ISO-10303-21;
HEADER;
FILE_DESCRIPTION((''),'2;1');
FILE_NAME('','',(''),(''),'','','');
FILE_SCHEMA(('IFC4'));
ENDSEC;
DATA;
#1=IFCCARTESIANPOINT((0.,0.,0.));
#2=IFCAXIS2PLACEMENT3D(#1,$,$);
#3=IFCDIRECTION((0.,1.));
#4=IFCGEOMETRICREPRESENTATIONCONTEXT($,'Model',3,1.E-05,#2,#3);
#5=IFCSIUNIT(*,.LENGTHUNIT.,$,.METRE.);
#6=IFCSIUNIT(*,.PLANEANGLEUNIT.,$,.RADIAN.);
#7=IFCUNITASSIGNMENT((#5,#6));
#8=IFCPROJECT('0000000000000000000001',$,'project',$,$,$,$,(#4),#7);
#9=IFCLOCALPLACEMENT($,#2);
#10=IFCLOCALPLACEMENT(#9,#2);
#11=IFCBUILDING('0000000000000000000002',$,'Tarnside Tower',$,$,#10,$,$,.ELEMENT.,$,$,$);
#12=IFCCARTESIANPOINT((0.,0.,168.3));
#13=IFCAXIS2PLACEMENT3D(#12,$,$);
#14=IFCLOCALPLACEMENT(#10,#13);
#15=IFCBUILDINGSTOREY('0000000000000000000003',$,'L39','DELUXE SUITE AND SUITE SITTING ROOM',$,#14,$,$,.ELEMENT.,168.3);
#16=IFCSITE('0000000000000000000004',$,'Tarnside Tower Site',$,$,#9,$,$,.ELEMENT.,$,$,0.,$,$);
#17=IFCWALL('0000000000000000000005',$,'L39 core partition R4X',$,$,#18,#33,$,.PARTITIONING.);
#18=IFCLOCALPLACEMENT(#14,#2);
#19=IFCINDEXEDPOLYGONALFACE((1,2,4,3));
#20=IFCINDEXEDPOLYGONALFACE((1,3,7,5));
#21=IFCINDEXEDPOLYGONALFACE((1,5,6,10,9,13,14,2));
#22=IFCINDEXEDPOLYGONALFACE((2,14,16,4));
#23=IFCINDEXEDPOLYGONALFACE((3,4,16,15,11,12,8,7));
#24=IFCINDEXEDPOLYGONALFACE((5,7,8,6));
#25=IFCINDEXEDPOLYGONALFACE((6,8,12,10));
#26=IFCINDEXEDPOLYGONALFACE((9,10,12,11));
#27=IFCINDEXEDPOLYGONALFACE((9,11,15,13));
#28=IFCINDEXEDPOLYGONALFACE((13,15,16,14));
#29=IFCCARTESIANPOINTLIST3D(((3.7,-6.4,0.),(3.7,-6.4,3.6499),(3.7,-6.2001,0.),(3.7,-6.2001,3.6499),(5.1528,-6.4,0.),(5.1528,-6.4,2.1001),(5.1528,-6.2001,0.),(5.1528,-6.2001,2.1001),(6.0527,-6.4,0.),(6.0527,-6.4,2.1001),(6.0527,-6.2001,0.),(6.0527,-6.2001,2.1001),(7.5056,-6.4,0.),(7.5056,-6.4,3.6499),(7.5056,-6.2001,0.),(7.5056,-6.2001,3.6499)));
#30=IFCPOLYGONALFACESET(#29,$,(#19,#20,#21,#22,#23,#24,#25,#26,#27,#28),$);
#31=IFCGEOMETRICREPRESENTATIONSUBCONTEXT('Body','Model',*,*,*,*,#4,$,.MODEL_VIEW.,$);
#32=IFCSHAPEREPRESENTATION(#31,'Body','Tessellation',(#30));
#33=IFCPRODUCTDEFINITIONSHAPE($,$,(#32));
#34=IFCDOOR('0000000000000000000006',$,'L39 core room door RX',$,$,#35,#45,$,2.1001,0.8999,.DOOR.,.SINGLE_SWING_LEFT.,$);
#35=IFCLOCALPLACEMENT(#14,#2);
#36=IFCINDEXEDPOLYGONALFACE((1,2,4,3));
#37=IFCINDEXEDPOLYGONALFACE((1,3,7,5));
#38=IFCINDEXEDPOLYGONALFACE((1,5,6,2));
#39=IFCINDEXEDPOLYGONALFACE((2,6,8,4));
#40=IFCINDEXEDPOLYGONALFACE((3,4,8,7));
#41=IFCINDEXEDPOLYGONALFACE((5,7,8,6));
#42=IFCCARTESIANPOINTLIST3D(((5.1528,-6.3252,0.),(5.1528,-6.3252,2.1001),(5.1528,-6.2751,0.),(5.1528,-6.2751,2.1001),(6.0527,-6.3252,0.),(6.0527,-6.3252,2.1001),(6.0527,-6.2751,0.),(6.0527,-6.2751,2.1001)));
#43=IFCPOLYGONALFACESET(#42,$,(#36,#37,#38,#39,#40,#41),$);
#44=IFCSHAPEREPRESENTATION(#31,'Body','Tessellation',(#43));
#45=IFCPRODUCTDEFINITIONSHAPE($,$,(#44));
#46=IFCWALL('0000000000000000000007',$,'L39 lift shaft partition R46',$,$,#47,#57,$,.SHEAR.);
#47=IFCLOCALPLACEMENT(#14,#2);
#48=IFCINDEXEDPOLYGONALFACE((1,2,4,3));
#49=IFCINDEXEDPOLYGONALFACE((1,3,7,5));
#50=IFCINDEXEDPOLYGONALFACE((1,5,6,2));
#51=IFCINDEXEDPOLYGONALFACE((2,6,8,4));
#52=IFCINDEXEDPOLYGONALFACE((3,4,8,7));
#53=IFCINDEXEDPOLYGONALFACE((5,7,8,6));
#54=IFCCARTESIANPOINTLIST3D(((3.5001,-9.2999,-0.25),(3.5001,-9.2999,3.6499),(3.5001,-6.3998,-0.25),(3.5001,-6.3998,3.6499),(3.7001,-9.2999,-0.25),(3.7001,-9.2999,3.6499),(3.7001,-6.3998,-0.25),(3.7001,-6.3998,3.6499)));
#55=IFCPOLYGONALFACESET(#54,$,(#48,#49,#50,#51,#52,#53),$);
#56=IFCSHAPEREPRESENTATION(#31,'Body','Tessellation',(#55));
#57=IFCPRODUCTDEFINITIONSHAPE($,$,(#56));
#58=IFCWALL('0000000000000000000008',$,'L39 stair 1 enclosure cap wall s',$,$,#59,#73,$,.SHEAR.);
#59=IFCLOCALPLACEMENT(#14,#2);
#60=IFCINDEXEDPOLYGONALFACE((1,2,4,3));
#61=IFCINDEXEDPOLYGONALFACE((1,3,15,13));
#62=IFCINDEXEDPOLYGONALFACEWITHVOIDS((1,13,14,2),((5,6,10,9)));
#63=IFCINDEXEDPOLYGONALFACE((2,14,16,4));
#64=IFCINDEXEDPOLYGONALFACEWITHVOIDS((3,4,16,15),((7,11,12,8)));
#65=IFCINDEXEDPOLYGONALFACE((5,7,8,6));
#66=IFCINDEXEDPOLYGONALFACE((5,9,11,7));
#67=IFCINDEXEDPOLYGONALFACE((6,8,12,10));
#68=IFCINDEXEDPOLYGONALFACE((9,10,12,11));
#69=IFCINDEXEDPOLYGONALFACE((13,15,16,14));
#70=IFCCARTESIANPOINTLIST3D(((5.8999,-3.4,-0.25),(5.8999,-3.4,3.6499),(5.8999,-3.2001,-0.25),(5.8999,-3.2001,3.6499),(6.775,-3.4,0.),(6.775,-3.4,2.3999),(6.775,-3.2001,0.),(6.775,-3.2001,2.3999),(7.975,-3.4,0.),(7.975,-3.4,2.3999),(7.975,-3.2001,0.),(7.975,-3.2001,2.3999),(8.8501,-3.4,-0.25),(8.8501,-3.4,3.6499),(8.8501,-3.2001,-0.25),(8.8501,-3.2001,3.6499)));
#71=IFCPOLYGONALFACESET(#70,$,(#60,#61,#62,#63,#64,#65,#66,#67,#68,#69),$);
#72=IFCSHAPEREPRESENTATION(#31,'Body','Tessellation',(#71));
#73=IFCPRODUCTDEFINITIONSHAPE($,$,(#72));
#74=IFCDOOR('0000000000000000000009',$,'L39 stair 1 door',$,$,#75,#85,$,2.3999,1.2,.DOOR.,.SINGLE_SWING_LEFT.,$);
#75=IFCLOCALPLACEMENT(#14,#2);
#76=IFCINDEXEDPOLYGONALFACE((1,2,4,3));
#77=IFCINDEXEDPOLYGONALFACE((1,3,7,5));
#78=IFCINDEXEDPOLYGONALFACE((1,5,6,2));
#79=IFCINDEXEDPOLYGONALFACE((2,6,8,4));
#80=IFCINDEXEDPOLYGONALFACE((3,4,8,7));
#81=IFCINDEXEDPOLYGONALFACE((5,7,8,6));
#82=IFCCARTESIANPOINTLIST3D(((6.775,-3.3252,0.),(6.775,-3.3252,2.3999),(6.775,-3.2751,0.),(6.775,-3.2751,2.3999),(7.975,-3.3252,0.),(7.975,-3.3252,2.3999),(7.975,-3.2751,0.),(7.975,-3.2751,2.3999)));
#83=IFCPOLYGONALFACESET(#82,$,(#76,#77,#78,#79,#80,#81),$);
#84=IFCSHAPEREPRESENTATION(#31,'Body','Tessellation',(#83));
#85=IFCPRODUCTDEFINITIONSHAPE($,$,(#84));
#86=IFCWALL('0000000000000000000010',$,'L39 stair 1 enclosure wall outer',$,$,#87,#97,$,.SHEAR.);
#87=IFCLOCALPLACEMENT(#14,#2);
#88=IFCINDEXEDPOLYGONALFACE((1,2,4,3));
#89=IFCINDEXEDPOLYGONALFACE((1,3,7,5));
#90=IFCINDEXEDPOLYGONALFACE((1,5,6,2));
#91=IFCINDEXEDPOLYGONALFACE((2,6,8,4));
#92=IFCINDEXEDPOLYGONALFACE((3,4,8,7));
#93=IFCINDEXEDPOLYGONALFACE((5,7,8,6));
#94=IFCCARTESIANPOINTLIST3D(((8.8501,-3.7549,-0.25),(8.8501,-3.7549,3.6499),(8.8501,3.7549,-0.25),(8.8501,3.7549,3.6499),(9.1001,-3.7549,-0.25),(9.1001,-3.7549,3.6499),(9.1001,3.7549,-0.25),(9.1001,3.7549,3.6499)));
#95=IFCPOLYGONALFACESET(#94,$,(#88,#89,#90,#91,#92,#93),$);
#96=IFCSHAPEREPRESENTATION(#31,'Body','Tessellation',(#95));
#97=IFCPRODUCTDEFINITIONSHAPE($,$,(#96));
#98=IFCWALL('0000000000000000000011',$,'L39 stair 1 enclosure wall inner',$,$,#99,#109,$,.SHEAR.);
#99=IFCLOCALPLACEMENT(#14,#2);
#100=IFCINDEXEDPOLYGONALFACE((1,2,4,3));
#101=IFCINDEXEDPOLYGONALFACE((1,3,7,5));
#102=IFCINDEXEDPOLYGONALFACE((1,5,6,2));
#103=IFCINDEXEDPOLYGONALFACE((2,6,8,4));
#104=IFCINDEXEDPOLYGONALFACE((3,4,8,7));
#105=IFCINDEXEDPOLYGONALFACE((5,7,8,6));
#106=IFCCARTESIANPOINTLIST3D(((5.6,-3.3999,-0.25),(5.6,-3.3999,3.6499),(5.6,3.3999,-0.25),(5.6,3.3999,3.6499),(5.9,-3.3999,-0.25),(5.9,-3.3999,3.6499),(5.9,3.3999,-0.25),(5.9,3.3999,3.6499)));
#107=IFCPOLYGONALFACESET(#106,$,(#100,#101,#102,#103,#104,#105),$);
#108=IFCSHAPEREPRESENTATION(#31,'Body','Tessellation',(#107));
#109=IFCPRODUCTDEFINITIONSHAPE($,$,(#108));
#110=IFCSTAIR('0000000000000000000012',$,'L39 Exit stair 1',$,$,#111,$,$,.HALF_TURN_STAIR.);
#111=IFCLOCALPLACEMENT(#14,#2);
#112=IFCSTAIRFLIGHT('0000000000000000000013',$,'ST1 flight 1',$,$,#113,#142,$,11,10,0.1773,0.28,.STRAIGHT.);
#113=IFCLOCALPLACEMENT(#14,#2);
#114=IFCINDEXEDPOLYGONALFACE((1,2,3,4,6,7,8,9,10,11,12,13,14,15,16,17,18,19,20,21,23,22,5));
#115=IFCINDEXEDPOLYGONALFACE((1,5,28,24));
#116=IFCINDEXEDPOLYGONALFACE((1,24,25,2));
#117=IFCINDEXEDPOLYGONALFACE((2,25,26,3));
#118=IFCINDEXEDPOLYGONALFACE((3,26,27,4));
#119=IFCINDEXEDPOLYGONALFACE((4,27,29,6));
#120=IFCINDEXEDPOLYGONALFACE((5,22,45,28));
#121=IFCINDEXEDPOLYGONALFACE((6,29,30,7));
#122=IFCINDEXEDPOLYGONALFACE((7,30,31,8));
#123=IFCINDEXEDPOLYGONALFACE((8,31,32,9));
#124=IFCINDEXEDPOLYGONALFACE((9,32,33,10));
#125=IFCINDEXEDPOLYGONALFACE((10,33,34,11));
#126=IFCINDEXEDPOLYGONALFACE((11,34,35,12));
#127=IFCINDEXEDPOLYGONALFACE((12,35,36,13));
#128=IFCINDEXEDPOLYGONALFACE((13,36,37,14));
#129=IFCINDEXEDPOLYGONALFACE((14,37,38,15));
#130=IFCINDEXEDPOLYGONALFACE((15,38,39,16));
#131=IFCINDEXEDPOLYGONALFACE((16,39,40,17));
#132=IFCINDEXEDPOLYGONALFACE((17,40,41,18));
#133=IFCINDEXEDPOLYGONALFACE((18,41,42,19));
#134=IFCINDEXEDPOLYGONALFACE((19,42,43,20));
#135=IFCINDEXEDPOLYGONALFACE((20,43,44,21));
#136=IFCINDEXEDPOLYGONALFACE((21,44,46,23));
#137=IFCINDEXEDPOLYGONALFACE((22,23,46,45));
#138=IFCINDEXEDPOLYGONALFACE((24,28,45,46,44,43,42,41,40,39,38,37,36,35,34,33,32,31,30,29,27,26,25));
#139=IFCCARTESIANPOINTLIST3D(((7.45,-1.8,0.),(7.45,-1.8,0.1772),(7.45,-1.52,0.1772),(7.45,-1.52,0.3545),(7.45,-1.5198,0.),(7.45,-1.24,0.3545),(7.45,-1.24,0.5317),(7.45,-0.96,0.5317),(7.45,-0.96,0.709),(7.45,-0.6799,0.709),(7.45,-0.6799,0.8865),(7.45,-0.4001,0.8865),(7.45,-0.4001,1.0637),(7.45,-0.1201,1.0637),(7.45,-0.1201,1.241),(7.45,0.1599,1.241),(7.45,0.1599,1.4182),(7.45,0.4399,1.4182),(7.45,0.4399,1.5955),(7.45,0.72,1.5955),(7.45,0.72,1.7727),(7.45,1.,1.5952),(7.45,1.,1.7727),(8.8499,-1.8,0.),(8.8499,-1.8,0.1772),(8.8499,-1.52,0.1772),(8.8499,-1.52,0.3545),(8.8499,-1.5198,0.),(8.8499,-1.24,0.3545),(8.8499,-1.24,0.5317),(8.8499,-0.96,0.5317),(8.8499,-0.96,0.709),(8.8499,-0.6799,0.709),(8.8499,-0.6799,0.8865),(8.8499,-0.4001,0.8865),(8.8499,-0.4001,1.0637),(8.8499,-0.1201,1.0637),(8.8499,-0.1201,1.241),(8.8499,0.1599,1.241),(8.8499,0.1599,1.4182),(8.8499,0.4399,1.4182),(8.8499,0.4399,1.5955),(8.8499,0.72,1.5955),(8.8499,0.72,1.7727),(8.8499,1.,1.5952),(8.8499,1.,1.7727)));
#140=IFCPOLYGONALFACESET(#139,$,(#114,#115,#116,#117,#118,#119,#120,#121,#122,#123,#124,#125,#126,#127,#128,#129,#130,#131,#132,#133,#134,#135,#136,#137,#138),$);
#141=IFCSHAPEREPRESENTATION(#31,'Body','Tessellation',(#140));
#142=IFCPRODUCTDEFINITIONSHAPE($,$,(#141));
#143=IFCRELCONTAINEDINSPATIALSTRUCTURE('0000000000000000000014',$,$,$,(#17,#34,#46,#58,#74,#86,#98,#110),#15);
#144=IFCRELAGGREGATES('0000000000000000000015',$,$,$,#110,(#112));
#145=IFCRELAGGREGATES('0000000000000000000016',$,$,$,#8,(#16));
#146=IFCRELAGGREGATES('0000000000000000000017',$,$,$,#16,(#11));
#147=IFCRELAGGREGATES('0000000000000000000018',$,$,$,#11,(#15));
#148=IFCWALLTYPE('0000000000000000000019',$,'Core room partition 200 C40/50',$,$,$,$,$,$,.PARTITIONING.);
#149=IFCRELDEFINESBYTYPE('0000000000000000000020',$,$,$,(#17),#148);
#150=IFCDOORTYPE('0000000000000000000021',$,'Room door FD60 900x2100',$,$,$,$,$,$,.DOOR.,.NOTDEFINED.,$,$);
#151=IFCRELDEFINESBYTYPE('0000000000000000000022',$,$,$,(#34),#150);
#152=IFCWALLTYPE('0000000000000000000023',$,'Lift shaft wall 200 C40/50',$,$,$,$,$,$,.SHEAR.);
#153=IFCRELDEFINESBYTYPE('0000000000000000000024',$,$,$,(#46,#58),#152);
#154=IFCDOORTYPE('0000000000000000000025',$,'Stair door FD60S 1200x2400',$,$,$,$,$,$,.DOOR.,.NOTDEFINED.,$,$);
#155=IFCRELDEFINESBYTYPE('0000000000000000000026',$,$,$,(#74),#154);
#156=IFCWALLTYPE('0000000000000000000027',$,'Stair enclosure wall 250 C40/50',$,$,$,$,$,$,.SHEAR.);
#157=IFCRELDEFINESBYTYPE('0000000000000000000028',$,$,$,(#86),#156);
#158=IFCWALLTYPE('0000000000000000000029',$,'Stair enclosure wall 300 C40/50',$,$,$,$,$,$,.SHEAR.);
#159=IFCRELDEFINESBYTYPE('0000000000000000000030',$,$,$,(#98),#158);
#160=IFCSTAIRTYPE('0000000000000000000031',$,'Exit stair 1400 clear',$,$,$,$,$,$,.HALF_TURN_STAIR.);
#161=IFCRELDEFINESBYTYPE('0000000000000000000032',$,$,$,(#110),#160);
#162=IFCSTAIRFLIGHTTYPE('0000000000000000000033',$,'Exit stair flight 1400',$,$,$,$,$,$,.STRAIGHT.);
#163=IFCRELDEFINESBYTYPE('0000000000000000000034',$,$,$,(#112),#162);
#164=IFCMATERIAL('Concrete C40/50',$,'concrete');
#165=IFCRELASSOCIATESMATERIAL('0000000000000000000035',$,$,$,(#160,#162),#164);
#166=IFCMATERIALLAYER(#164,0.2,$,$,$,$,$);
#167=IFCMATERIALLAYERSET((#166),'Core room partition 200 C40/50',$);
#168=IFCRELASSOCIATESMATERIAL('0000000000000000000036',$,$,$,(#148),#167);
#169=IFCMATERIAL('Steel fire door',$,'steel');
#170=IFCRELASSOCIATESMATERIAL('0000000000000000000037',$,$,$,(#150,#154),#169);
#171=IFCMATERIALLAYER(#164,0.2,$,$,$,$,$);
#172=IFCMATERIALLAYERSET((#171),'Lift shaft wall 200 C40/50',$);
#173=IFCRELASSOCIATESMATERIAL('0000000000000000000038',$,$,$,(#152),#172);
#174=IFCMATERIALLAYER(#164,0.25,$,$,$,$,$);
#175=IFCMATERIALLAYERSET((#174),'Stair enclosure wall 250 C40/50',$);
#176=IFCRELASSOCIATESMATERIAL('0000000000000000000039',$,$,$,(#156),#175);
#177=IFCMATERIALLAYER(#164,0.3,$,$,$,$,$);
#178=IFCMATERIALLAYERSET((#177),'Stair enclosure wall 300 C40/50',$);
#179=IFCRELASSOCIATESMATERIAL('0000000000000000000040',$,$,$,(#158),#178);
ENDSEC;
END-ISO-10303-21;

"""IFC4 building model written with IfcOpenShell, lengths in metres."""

from ifc_helpers import new_model, si_unit, direction, frame, frame_2d, origin, place, context, subcontext, project, spatial, polyline, rectangle, outline, extrude, material, layer, layer_set, type_object, element, fill, aggregate, save


model = new_model("IFC4")

# Units and contexts
model_context = context("Model", 3, precision=1e-05, world=origin(), true_north=direction((0.0, 1.0)))
body_context = subcontext(model_context, "Body", "Model", "MODEL_VIEW")
ifc_project = project(units=[si_unit("LENGTHUNIT", "METRE"), si_unit("PLANEANGLEUNIT", "RADIAN")], contexts=[model_context])

# Site, building, storey
site_placement = place(None, origin())
site = spatial("IfcSite", under=ifc_project, at=site_placement, Name="Tarnside Tower Site", CompositionType="ELEMENT", RefElevation=0.0)
building_placement = place(site_placement, origin())
building = spatial("IfcBuilding", under=site, at=building_placement, Name="Tarnside Tower", CompositionType="ELEMENT")
storey_placement = place(building_placement, frame((0.0, 0.0, 168.3)))
storey = spatial("IfcBuildingStorey", under=building, at=storey_placement, Name="L39", Description="DELUXE SUITE AND SUITE SITTING ROOM", CompositionType="ELEMENT", Elevation=168.3)

# Shared definitions
ifc_material_1 = material(Name="Concrete C40/50", Category="concrete")

# Shared definitions
stair_type = type_object("IfcStairType", Name="Exit stair 1400 clear", PredefinedType="HALF_TURN_STAIR", material=ifc_material_1)

# Shared definitions
ifc_layer_1 = layer(ifc_material_1, 0.2)
ifc_layer_set_1 = layer_set([ifc_layer_1], Name="Core room partition 200 C40/50")
wall_type_1 = type_object("IfcWallType", Name="Core room partition 200 C40/50", PredefinedType="PARTITIONING", material=ifc_layer_set_1)
ifc_material_2 = material(Name="Steel fire door", Category="steel")
door_type_1 = type_object("IfcDoorType", Name="Room door FD60 900x2100", OperationType="NOTDEFINED", PredefinedType="DOOR", material=ifc_material_2)

# Wall, opening, door
wall_1_placement = place(storey_placement, frame((3.7, -6.3, 0.0), z_axis=(0.0, 0.0, 1.0), x_axis=(1.0, 0.0, 0.0)))
wall_1 = element("IfcWall", 1, at=wall_1_placement, inside=storey, type_object=wall_type_1, Name="L39 core partition R4X", PredefinedType="PARTITIONING", context=body_context, shape_type="SweptSolid", body=[
    extrude(rectangle(XDim=3.8057, YDim=0.2, at=frame_2d((1.9028, 0.0))), origin(), (0.0, 0.0, 1.0), 3.6499),
])
opening_1_placement = place(wall_1_placement, frame((1.4529, 0.0, 0.0)))
opening_1 = element("IfcOpeningElement", 2, at=opening_1_placement, cuts=wall_1, PredefinedType="OPENING", context=body_context, shape_type="SweptSolid", body=[
    extrude(rectangle(XDim=0.8999, YDim=2.1001, at=frame_2d((0.45, 1.05))), frame((0.0, 0.1099, 0.0), z_axis=(0.0, -1.0, 0.0), x_axis=(1.0, 0.0, 0.0)), (0.0, 0.0, 1.0), 0.22),
])
door_1_placement = place(opening_1_placement, origin())
door_1 = element("IfcDoor", 3, at=door_1_placement, inside=storey, type_object=door_type_1, Name="L39 core room door RX", OperationType="SINGLE_SWING_LEFT", OverallHeight=2.1001, OverallWidth=0.8999, PredefinedType="DOOR", context=body_context, shape_type="SweptSolid", body=[
    extrude(rectangle(XDim=0.8999, YDim=2.1001, at=frame_2d((0.45, 1.05))), frame((0.0, 0.0249, 0.0), z_axis=(0.0, -1.0, 0.0), x_axis=(1.0, 0.0, 0.0)), (0.0, 0.0, 1.0), 0.05),
])
fill(opening_1, door_1)

# Wall
ifc_layer_2 = layer(ifc_material_1, 0.2)
ifc_layer_set_2 = layer_set([ifc_layer_2], Name="Lift shaft wall 200 C40/50")
wall_type_2 = type_object("IfcWallType", Name="Lift shaft wall 200 C40/50", PredefinedType="SHEAR", material=ifc_layer_set_2)
wall_2_placement = place(storey_placement, frame((3.6001, -9.3, -0.25), z_axis=(0.0, 0.0, 1.0), x_axis=(0.0, 1.0, 0.0)))
element("IfcWall", 4, at=wall_2_placement, inside=storey, type_object=wall_type_2, Name="L39 lift shaft partition R46", PredefinedType="SHEAR", context=body_context, shape_type="SweptSolid", body=[
    extrude(rectangle(XDim=2.9001, YDim=0.2, at=frame_2d((1.4502, 0.0))), origin(), (0.0, 0.0, 1.0), 3.8999),
])

# Wall, opening, door
wall_3_placement = place(storey_placement, frame((5.8999, -3.3, -0.25), z_axis=(0.0, 0.0, 1.0), x_axis=(1.0, 0.0, 0.0)))
wall_3 = element("IfcWall", 5, at=wall_3_placement, inside=storey, type_object=wall_type_2, Name="L39 stair 1 enclosure cap wall s", PredefinedType="SHEAR", context=body_context, shape_type="SweptSolid", body=[
    extrude(rectangle(XDim=2.9502, YDim=0.2, at=frame_2d((1.4751, 0.0))), origin(), (0.0, 0.0, 1.0), 3.8999),
])
opening_2_placement = place(wall_3_placement, frame((0.875, 0.0, 0.25)))
opening_2 = element("IfcOpeningElement", 6, at=opening_2_placement, cuts=wall_3, PredefinedType="OPENING", context=body_context, shape_type="SweptSolid", body=[
    extrude(rectangle(XDim=1.2, YDim=2.3999, at=frame_2d((0.6001, 1.2))), frame((0.0, 0.1099, 0.0), z_axis=(0.0, -1.0, 0.0), x_axis=(1.0, 0.0, 0.0)), (0.0, 0.0, 1.0), 0.22),
])
door_type_2 = type_object("IfcDoorType", Name="Stair door FD60S 1200x2400", OperationType="NOTDEFINED", PredefinedType="DOOR", material=ifc_material_2)
door_2_placement = place(opening_2_placement, origin())
door_2 = element("IfcDoor", 7, at=door_2_placement, inside=storey, type_object=door_type_2, Name="L39 stair 1 door", OperationType="SINGLE_SWING_LEFT", OverallHeight=2.3999, OverallWidth=1.2, PredefinedType="DOOR", context=body_context, shape_type="SweptSolid", body=[
    extrude(rectangle(XDim=1.2, YDim=2.3999, at=frame_2d((0.6001, 1.2))), frame((0.0, 0.0249, 0.0), z_axis=(0.0, -1.0, 0.0), x_axis=(1.0, 0.0, 0.0)), (0.0, 0.0, 1.0), 0.05),
])
fill(opening_2, door_2)

# Walls
ifc_layer_3 = layer(ifc_material_1, 0.25)
ifc_layer_set_3 = layer_set([ifc_layer_3], Name="Stair enclosure wall 250 C40/50")
wall_type_3 = type_object("IfcWallType", Name="Stair enclosure wall 250 C40/50", PredefinedType="SHEAR", material=ifc_layer_set_3)
wall_4_placement = place(storey_placement, frame((8.9751, -3.7549, -0.25), z_axis=(0.0, 0.0, 1.0), x_axis=(0.0, 1.0, 0.0)))
element("IfcWall", 8, at=wall_4_placement, inside=storey, type_object=wall_type_3, Name="L39 stair 1 enclosure wall outer", PredefinedType="SHEAR", context=body_context, shape_type="SweptSolid", body=[
    extrude(rectangle(XDim=7.5098, YDim=0.25, at=frame_2d((3.7549, 0.0))), origin(), (0.0, 0.0, 1.0), 3.8999),
])
ifc_layer_4 = layer(ifc_material_1, 0.3)
ifc_layer_set_4 = layer_set([ifc_layer_4], Name="Stair enclosure wall 300 C40/50")
wall_type_4 = type_object("IfcWallType", Name="Stair enclosure wall 300 C40/50", PredefinedType="SHEAR", material=ifc_layer_set_4)
wall_5_placement = place(storey_placement, frame((5.75, -3.3999, -0.25), z_axis=(0.0, 0.0, 1.0), x_axis=(0.0, 1.0, 0.0)))
element("IfcWall", 9, at=wall_5_placement, inside=storey, type_object=wall_type_4, Name="L39 stair 1 enclosure wall inner", PredefinedType="SHEAR", context=body_context, shape_type="SweptSolid", body=[
    extrude(rectangle(XDim=6.7998, YDim=0.3, at=frame_2d((3.3999, 0.0))), origin(), (0.0, 0.0, 1.0), 3.8999),
])

# Stair, stair flight
stair_1_placement = place(storey_placement, origin())
stair_1 = element("IfcStair", 10, at=stair_1_placement, inside=storey, type_object=stair_type, Name="L39 Exit stair 1", PredefinedType="HALF_TURN_STAIR")
stair_flight_type = type_object("IfcStairFlightType", Name="Exit stair flight 1400", PredefinedType="STRAIGHT", material=ifc_material_1)
stair_flight_placement = place(storey_placement, frame((8.1499, -1.8, 0.0), z_axis=(0.0, 0.0, 1.0), x_axis=(0.0, 1.0, 0.0)))
stair_flight = element("IfcStairFlight", 11, at=stair_flight_placement, type_object=stair_flight_type, Name="ST1 flight 1", NumberOfRisers=11, NumberOfTreads=10, PredefinedType="STRAIGHT", RiserHeight=0.1773, TreadLength=0.28, context=body_context, shape_type="SweptSolid", body=[
    extrude(outline(polyline([(0.0, 0.0), (0.0, 0.1772), (0.28, 0.1772), (0.28, 0.3545), (0.5601, 0.3545), (0.5601, 0.5317), (0.8401, 0.5317), (0.8401, 0.709), (1.1201, 0.709), (1.1201, 0.8865), (1.3999, 0.8865), (1.3999, 1.0637), (1.6799, 1.0637), (1.6799, 1.241), (1.96, 1.241), (1.96, 1.4182), (2.24, 1.4182), (2.24, 1.5955), (2.52, 1.5955), (2.52, 1.7727), (2.8, 1.7727), (2.8, 1.95), (2.8, 1.5952), (0.2803, 0.0), (0.0, 0.0)])), frame((0.0, 0.7, 0.0), z_axis=(0.0, -1.0, 0.0), x_axis=(1.0, 0.0, 0.0)), (0.0, 0.0, 1.0), 1.3999),
])
aggregate(stair_1, [stair_flight])

save(model, "model.ifc")
